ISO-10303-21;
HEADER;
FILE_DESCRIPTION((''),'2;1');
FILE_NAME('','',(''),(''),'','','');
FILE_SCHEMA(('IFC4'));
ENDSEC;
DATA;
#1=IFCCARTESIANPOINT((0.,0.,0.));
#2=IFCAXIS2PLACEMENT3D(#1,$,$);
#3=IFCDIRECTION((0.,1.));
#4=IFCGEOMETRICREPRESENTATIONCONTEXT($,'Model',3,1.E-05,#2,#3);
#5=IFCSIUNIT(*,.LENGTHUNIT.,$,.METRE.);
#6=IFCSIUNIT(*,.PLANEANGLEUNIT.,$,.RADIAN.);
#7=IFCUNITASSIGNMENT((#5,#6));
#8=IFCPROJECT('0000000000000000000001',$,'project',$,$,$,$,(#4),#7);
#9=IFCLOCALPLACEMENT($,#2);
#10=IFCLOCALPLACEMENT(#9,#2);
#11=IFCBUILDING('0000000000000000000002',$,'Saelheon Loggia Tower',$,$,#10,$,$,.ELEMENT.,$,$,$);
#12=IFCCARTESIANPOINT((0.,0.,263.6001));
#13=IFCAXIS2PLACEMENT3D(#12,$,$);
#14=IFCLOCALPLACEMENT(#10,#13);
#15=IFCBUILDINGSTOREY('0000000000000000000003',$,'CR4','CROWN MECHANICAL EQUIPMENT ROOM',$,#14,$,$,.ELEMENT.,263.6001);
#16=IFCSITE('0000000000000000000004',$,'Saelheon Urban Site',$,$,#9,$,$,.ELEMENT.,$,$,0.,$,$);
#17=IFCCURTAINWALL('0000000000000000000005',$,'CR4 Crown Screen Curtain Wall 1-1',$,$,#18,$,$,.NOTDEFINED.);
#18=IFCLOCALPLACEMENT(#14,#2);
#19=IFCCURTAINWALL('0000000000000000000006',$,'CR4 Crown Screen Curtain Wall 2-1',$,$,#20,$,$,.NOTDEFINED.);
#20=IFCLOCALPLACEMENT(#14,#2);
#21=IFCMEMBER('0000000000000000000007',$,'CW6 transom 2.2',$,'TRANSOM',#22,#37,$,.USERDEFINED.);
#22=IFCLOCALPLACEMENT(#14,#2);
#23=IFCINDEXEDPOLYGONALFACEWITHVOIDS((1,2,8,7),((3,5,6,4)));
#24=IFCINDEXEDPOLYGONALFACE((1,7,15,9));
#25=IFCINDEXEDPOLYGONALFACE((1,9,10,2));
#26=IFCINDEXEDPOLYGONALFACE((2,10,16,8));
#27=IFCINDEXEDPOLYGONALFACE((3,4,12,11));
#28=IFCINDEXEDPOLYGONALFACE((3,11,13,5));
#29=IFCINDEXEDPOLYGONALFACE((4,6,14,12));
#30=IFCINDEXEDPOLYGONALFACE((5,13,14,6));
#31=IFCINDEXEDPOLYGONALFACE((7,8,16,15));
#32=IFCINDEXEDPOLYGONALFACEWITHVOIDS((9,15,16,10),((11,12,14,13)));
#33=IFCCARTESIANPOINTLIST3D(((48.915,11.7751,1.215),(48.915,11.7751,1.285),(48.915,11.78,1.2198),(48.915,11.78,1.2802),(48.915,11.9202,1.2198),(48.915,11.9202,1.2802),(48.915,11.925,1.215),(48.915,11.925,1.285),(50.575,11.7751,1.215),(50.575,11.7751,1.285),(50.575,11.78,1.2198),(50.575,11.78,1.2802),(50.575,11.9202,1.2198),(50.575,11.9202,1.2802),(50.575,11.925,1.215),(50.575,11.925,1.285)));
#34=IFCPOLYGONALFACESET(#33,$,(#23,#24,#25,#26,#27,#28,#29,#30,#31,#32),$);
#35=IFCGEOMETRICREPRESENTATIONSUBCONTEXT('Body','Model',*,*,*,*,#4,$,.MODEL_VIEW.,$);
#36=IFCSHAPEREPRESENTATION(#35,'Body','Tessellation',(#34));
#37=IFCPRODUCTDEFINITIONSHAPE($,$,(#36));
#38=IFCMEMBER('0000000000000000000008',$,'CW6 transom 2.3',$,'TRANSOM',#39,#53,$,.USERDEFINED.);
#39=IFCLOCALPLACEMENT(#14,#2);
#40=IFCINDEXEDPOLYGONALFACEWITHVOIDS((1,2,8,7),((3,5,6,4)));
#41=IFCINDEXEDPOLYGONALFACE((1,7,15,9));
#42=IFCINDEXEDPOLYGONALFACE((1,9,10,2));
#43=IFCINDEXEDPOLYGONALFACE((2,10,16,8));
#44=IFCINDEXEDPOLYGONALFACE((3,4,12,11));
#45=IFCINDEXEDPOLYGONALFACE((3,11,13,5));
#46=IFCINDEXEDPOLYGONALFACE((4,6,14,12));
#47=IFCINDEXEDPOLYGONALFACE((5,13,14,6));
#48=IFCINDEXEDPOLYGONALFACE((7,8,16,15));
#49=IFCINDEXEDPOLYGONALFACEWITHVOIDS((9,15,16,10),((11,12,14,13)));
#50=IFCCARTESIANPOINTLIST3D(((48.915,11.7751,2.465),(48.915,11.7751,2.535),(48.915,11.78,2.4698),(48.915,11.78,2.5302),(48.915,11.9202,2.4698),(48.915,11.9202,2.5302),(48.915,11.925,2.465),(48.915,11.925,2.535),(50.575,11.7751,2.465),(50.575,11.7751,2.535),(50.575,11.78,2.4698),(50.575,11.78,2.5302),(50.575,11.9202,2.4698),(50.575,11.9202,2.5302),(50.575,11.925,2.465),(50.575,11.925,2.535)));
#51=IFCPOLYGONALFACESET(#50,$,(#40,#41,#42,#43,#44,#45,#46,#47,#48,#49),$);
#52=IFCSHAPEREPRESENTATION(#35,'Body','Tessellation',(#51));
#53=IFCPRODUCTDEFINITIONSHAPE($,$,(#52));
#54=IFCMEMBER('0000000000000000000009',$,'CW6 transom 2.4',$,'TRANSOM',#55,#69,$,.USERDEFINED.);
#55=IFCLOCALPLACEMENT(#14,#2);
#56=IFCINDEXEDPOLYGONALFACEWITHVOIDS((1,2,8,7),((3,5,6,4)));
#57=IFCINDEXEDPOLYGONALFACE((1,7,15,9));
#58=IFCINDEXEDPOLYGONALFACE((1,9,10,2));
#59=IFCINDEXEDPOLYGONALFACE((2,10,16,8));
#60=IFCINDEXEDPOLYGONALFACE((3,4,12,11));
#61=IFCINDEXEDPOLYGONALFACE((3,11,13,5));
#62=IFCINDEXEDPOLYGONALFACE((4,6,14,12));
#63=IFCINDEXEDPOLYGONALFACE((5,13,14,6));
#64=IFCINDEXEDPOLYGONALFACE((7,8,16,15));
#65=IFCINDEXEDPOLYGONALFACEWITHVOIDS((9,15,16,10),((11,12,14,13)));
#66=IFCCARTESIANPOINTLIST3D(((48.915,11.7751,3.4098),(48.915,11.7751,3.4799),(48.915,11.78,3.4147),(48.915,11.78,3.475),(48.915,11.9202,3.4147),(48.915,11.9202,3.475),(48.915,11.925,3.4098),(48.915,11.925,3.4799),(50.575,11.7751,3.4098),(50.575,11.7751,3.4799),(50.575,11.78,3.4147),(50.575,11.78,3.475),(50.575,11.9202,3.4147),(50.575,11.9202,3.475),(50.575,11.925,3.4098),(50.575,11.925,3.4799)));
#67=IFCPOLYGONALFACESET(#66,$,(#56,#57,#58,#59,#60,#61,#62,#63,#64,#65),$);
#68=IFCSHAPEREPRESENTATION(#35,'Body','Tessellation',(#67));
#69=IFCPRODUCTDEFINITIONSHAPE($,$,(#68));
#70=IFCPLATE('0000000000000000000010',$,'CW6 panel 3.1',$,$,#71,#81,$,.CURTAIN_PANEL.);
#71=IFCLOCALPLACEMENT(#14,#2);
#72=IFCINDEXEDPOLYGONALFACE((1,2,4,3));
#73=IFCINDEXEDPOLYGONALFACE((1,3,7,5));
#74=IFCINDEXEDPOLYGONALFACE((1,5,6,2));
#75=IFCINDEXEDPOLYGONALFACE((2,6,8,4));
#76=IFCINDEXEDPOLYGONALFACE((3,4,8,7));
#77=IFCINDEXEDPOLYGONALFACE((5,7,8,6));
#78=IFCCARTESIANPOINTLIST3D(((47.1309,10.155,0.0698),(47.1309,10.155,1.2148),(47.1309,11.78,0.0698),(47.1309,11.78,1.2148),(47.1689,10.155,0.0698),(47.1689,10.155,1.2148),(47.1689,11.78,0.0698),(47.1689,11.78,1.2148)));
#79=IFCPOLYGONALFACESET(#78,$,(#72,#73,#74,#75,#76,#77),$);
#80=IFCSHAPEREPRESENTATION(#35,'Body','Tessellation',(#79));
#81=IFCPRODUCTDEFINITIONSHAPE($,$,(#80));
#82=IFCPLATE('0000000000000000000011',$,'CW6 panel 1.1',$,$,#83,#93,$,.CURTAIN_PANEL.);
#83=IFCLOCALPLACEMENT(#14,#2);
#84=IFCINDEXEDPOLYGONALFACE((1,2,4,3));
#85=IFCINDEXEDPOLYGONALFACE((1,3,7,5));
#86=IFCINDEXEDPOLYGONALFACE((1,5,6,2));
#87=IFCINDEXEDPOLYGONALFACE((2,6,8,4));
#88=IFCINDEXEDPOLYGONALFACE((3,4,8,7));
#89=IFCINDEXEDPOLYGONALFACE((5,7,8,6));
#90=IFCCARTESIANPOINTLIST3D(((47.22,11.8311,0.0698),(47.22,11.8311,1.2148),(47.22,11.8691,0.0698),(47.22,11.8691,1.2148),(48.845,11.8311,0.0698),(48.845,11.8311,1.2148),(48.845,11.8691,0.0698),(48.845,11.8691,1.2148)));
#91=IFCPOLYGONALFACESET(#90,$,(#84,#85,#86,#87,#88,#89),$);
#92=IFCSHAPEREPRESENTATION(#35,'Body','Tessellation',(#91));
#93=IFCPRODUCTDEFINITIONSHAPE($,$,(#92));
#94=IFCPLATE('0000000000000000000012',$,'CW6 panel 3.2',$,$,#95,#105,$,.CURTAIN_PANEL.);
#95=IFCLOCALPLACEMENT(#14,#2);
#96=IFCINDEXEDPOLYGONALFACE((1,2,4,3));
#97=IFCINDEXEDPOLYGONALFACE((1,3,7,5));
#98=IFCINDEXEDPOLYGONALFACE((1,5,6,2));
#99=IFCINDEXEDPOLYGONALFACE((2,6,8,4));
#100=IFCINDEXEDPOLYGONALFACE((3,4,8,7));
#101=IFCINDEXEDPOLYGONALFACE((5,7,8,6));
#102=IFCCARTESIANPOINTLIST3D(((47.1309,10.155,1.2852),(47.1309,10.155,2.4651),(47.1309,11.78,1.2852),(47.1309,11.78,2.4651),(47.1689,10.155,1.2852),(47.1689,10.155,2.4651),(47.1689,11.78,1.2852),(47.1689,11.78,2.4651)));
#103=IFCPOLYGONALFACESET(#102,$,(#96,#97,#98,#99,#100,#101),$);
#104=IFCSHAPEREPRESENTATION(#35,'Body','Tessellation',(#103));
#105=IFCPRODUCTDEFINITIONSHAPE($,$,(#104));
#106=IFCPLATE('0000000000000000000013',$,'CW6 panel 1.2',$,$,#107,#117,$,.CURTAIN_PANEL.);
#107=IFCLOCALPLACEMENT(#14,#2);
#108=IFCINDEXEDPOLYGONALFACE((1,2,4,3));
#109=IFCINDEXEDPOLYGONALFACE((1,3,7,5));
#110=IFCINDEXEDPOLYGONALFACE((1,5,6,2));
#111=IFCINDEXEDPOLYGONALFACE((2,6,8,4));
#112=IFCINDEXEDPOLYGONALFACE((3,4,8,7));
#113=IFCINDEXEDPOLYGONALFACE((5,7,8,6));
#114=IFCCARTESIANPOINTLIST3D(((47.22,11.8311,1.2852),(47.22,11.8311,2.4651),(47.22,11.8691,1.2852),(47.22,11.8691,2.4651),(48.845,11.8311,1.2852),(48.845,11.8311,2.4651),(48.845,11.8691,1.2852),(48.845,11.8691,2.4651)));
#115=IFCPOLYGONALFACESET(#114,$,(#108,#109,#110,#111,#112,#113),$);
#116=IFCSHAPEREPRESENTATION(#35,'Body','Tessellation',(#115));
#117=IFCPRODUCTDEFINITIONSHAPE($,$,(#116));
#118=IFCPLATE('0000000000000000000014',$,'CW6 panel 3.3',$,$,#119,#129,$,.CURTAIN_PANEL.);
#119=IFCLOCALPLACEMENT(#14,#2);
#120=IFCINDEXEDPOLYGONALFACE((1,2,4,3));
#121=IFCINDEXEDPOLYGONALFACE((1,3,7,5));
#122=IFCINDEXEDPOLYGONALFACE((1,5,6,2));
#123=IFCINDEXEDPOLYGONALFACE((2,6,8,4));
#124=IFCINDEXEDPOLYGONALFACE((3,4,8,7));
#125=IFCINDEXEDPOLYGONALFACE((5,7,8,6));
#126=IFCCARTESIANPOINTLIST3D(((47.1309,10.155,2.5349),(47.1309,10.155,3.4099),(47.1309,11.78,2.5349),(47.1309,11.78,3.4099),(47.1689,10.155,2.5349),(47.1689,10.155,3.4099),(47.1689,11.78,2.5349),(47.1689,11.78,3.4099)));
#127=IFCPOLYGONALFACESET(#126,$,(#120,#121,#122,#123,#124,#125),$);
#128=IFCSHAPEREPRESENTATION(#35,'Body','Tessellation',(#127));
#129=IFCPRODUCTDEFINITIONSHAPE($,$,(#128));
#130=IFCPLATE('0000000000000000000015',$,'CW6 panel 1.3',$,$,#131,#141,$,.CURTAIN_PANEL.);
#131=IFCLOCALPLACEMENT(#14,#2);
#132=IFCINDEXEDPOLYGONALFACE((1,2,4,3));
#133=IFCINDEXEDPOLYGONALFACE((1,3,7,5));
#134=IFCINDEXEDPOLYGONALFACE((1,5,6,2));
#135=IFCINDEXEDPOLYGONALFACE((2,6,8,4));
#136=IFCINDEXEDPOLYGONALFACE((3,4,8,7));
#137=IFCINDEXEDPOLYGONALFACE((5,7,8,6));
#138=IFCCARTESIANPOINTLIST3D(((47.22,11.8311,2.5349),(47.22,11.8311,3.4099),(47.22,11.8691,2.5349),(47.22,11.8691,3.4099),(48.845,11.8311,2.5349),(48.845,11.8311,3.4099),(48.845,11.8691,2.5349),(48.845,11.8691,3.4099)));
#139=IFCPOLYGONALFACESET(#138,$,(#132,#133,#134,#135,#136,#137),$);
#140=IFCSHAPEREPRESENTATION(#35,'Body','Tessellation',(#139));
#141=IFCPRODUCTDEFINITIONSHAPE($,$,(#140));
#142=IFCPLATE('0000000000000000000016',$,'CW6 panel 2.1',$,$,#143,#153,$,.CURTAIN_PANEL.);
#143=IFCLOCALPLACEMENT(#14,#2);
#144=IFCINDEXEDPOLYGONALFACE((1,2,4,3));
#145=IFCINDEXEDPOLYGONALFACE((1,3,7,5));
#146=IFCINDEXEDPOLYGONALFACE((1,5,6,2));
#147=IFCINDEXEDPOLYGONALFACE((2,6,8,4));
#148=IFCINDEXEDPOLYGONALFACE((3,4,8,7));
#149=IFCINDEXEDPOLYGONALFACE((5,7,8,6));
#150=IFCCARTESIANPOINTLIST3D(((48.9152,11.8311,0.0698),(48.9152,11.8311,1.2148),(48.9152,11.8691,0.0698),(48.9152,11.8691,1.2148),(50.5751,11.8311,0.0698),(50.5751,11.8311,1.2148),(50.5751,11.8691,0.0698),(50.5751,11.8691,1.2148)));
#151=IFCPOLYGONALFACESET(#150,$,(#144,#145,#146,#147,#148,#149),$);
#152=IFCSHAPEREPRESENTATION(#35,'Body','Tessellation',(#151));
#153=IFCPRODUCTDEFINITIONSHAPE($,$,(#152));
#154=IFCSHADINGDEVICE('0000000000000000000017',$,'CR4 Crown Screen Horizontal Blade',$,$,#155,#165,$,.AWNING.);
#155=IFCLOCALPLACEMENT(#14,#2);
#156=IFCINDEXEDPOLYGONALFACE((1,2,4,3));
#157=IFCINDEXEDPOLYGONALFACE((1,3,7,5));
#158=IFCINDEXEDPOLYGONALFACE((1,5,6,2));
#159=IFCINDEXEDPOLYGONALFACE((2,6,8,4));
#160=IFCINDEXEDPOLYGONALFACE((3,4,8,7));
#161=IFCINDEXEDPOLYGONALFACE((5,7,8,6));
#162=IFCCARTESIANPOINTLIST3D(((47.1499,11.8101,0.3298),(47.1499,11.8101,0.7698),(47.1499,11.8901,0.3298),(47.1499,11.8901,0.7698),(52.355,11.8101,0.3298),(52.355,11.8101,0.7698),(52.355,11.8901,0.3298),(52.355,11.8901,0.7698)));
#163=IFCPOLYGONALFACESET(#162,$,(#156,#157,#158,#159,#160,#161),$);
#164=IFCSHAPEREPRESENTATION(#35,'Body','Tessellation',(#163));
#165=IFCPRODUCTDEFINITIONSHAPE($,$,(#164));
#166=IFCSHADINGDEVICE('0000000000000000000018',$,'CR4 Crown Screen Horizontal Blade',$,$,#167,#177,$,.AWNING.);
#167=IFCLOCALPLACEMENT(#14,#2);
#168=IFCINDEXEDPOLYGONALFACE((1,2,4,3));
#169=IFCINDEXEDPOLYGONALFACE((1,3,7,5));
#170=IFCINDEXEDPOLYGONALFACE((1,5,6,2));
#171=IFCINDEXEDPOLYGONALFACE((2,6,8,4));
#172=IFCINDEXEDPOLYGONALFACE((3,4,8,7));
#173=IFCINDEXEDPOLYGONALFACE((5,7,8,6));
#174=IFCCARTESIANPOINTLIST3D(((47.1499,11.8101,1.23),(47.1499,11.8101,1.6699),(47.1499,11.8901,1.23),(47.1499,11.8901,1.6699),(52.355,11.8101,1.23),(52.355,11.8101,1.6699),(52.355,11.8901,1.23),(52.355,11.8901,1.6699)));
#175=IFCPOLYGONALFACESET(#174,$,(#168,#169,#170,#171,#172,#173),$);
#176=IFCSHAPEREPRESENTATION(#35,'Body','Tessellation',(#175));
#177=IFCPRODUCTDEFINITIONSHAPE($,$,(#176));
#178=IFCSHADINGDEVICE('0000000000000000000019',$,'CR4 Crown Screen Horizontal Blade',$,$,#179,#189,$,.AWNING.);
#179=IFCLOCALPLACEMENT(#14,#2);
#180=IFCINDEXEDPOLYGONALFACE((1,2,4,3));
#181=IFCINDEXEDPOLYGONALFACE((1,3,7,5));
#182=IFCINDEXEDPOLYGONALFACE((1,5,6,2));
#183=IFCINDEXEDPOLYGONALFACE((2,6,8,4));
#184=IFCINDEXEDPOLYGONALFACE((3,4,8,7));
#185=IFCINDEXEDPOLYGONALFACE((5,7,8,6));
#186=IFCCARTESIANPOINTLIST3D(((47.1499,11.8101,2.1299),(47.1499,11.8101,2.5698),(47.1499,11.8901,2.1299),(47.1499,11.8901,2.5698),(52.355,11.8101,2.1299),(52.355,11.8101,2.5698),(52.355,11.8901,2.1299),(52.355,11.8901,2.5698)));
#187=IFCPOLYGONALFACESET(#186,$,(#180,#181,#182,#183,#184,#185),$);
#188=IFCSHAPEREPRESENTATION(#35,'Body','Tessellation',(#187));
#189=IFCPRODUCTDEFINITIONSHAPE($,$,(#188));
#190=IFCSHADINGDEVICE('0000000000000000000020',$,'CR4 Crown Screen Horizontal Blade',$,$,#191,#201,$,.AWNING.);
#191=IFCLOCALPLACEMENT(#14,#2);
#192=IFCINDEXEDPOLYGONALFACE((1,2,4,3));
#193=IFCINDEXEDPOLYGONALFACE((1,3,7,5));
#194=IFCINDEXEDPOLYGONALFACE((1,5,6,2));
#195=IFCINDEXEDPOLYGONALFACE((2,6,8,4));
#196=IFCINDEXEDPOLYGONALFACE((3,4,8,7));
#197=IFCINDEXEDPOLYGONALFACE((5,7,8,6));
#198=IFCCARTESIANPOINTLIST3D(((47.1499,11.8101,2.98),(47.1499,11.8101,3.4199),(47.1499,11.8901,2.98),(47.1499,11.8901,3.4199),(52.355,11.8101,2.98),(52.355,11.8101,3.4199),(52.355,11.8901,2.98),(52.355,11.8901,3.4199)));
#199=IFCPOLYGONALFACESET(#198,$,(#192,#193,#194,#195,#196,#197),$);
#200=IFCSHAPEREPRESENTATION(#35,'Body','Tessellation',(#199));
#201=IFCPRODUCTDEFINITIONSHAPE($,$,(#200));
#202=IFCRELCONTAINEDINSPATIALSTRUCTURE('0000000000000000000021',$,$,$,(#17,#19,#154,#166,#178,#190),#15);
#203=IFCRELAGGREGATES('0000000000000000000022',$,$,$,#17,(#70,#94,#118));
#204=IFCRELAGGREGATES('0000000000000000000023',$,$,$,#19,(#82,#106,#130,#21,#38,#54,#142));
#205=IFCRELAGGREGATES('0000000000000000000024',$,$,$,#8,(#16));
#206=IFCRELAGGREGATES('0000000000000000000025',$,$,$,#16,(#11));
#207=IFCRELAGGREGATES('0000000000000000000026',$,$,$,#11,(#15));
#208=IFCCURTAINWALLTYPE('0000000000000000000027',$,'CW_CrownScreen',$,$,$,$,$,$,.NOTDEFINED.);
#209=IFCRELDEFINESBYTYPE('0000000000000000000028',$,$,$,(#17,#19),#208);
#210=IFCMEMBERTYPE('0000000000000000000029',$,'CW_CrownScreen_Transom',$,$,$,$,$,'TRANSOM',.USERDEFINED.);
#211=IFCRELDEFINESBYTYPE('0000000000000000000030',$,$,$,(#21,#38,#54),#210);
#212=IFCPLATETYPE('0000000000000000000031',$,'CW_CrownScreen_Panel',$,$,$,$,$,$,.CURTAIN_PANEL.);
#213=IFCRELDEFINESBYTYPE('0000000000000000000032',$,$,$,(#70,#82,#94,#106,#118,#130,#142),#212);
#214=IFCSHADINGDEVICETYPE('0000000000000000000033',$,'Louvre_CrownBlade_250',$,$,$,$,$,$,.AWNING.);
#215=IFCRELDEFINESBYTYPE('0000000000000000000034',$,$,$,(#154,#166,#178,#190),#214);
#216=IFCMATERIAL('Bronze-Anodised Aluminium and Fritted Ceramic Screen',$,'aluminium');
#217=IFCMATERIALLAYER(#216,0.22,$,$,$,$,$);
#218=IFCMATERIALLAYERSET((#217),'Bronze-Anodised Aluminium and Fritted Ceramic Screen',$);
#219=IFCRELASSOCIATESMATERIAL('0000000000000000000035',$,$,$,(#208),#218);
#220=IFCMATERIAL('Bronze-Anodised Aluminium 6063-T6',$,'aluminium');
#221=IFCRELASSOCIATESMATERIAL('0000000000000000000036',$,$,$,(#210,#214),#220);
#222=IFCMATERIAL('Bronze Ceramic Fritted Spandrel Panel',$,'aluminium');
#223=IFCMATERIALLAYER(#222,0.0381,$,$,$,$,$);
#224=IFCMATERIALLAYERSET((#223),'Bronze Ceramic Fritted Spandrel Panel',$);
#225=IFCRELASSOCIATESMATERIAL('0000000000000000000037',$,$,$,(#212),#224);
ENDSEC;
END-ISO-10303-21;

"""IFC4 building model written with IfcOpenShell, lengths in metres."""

from ifc_helpers import new_model, si_unit, direction, frame, origin, origin_2d, place, context, subcontext, project, spatial, rectangle, hollow_rectangle, extrude, source, transform, mapped, material, layer, layer_set, material_profile, profile_set, type_object, element, aggregate, save


model = new_model("IFC4")

# Units and contexts
model_context = context("Model", 3, precision=1e-05, world=origin(), true_north=direction((0.0, 1.0)))
body_context = subcontext(model_context, "Body", "Model", "MODEL_VIEW")
ifc_project = project(units=[si_unit("LENGTHUNIT", "METRE"), si_unit("PLANEANGLEUNIT", "RADIAN")], contexts=[model_context])

# Site, building, storey
site_placement = place(None, origin())
site = spatial("IfcSite", under=ifc_project, at=site_placement, Name="Saelheon Urban Site", CompositionType="ELEMENT", RefElevation=0.0)
building_placement = place(site_placement, origin())
building = spatial("IfcBuilding", under=site, at=building_placement, Name="Saelheon Loggia Tower", CompositionType="ELEMENT")
storey_placement = place(building_placement, frame((0.0, 0.0, 263.6001)))
storey = spatial("IfcBuildingStorey", under=building, at=storey_placement, Name="CR4", Description="CROWN MECHANICAL EQUIPMENT ROOM", CompositionType="ELEMENT", Elevation=263.6001)

# Curtain wall
ifc_material_1 = material(Name="Bronze-Anodised Aluminium and Fritted Ceramic Screen", Category="aluminium")
ifc_layer_1 = layer(ifc_material_1, 0.22)
ifc_layer_set_1 = layer_set([ifc_layer_1], Name="Bronze-Anodised Aluminium and Fritted Ceramic Screen")
curtain_wall_type = type_object("IfcCurtainWallType", Name="CW_CrownScreen", PredefinedType="NOTDEFINED", material=ifc_layer_set_1)
curtain_wall_1_placement = place(storey_placement, origin())
curtain_wall_1 = element("IfcCurtainWall", 1, at=curtain_wall_1_placement, inside=storey, type_object=curtain_wall_type, Name="CR4 Crown Screen Curtain Wall 1-1", PredefinedType="NOTDEFINED")
ifc_material_2 = material(Name="Bronze-Anodised Aluminium 6063-T6", Category="aluminium")

# Curtain wall
curtain_wall_2_placement = place(storey_placement, origin())
curtain_wall_2 = element("IfcCurtainWall", 2, at=curtain_wall_2_placement, inside=storey, type_object=curtain_wall_type, Name="CR4 Crown Screen Curtain Wall 2-1", PredefinedType="NOTDEFINED")

# Members
ifc_material_profile_1 = material_profile(ifc_material_2, hollow_rectangle(XDim=0.0701, YDim=0.1499, WallThickness=0.0049, at=origin_2d()), Name="RHS-150x70x5")
ifc_profile_set_1 = profile_set([ifc_material_profile_1], Name="Bronze-Anodised Aluminium 6063-T6")
member_type_1 = type_object("IfcMemberType", Name="CW_CrownScreen_Transom", ElementType="TRANSOM", PredefinedType="USERDEFINED", material=ifc_profile_set_1)
shared_shape_1 = source(origin(), body_context, "Body", "SweptSolid", [
    extrude(hollow_rectangle(XDim=0.0701, YDim=0.1499, WallThickness=0.0049, at=origin_2d()), origin(), (0.0, 0.0, 1.0), 1.6599),
])
member_1_placement = place(storey_placement, frame((48.915, 11.8501, 1.25), z_axis=(1.0, 0.0, 0.0), x_axis=(0.0, 0.0, 1.0)))
member_1 = element("IfcMember", 3, at=member_1_placement, type_object=member_type_1, Name="CW6 transom 2.2", ObjectType="TRANSOM", PredefinedType="USERDEFINED", context=body_context, shape_type="MappedRepresentation", body=[
    mapped(shared_shape_1, transform((0.0, 0.0, 0.0), scale=1.0)),
])
member_2_placement = place(storey_placement, frame((48.915, 11.8501, 2.5), z_axis=(1.0, 0.0, 0.0), x_axis=(0.0, 0.0, 1.0)))
member_2 = element("IfcMember", 4, at=member_2_placement, type_object=member_type_1, Name="CW6 transom 2.3", ObjectType="TRANSOM", PredefinedType="USERDEFINED", context=body_context, shape_type="MappedRepresentation", body=[
    mapped(shared_shape_1, transform((0.0, 0.0, 0.0), scale=1.0)),
])
member_3_placement = place(storey_placement, frame((48.915, 11.8501, 3.4448), z_axis=(1.0, 0.0, 0.0), x_axis=(0.0, 0.0, 1.0)))
member_3 = element("IfcMember", 5, at=member_3_placement, type_object=member_type_1, Name="CW6 transom 2.4", ObjectType="TRANSOM", PredefinedType="USERDEFINED", context=body_context, shape_type="MappedRepresentation", body=[
    mapped(shared_shape_1, transform((0.0, 0.0, 0.0), scale=1.0)),
])

# Plates
ifc_material_3 = material(Name="Bronze Ceramic Fritted Spandrel Panel", Category="aluminium")
ifc_layer_2 = layer(ifc_material_3, 0.0381)
ifc_layer_set_2 = layer_set([ifc_layer_2], Name="Bronze Ceramic Fritted Spandrel Panel")
plate_type = type_object("IfcPlateType", Name="CW_CrownScreen_Panel", PredefinedType="CURTAIN_PANEL", material=ifc_layer_set_2)
shared_shape_2 = source(origin(), body_context, "Body", "SweptSolid", [
    extrude(rectangle(XDim=1.625, YDim=0.0381, at=origin_2d()), origin(), (0.0, 0.0, 1.0), 1.145),
])
plate_1_placement = place(storey_placement, frame((47.1499, 10.9675, 0.0698), z_axis=(0.0, 0.0, 1.0), x_axis=(0.0, 1.0, 0.0)))
plate_1 = element("IfcPlate", 6, at=plate_1_placement, type_object=plate_type, Name="CW6 panel 3.1", PredefinedType="CURTAIN_PANEL", context=body_context, shape_type="MappedRepresentation", body=[
    mapped(shared_shape_2, transform((0.0, 0.0, 0.0), scale=1.0)),
])
plate_2_placement = place(storey_placement, frame((48.0325, 11.8501, 0.0698), z_axis=(0.0, 0.0, 1.0), x_axis=(1.0, 0.0, 0.0)))
plate_2 = element("IfcPlate", 7, at=plate_2_placement, type_object=plate_type, Name="CW6 panel 1.1", PredefinedType="CURTAIN_PANEL", context=body_context, shape_type="MappedRepresentation", body=[
    mapped(shared_shape_2, transform((0.0, 0.0, 0.0), scale=1.0)),
])
shared_shape_3 = source(origin(), body_context, "Body", "SweptSolid", [
    extrude(rectangle(XDim=1.625, YDim=0.0381, at=origin_2d()), origin(), (0.0, 0.0, 1.0), 1.1799),
])
plate_3_placement = place(storey_placement, frame((47.1499, 10.9675, 1.2852), z_axis=(0.0, 0.0, 1.0), x_axis=(0.0, 1.0, 0.0)))
plate_3 = element("IfcPlate", 8, at=plate_3_placement, type_object=plate_type, Name="CW6 panel 3.2", PredefinedType="CURTAIN_PANEL", context=body_context, shape_type="MappedRepresentation", body=[
    mapped(shared_shape_3, transform((0.0, 0.0, 0.0), scale=1.0)),
])
plate_4_placement = place(storey_placement, frame((48.0325, 11.8501, 1.2852), z_axis=(0.0, 0.0, 1.0), x_axis=(1.0, 0.0, 0.0)))
plate_4 = element("IfcPlate", 9, at=plate_4_placement, type_object=plate_type, Name="CW6 panel 1.2", PredefinedType="CURTAIN_PANEL", context=body_context, shape_type="MappedRepresentation", body=[
    mapped(shared_shape_3, transform((0.0, 0.0, 0.0), scale=1.0)),
])
shared_shape_4 = source(origin(), body_context, "Body", "SweptSolid", [
    extrude(rectangle(XDim=1.625, YDim=0.0381, at=origin_2d()), origin(), (0.0, 0.0, 1.0), 0.875),
])
plate_5_placement = place(storey_placement, frame((47.1499, 10.9675, 2.5349), z_axis=(0.0, 0.0, 1.0), x_axis=(0.0, 1.0, 0.0)))
plate_5 = element("IfcPlate", 10, at=plate_5_placement, type_object=plate_type, Name="CW6 panel 3.3", PredefinedType="CURTAIN_PANEL", context=body_context, shape_type="MappedRepresentation", body=[
    mapped(shared_shape_4, transform((0.0, 0.0, 0.0), scale=1.0)),
])
aggregate(curtain_wall_1, [plate_1, plate_3, plate_5])
plate_6_placement = place(storey_placement, frame((48.0325, 11.8501, 2.5349), z_axis=(0.0, 0.0, 1.0), x_axis=(1.0, 0.0, 0.0)))
plate_6 = element("IfcPlate", 11, at=plate_6_placement, type_object=plate_type, Name="CW6 panel 1.3", PredefinedType="CURTAIN_PANEL", context=body_context, shape_type="MappedRepresentation", body=[
    mapped(shared_shape_4, transform((0.0, 0.0, 0.0), scale=1.0)),
])
shared_shape_5 = source(origin(), body_context, "Body", "SweptSolid", [
    extrude(rectangle(XDim=1.6599, YDim=0.0381, at=origin_2d()), origin(), (0.0, 0.0, 1.0), 1.145),
])
plate_7_placement = place(storey_placement, frame((49.7451, 11.8501, 0.0698), z_axis=(0.0, 0.0, 1.0), x_axis=(1.0, 0.0, 0.0)))
plate_7 = element("IfcPlate", 12, at=plate_7_placement, type_object=plate_type, Name="CW6 panel 2.1", PredefinedType="CURTAIN_PANEL", context=body_context, shape_type="MappedRepresentation", body=[
    mapped(shared_shape_5, transform((0.0, 0.0, 0.0), scale=1.0)),
])
aggregate(curtain_wall_2, [plate_2, plate_4, plate_6, member_1, member_2, member_3, plate_7])

# Shading devices
ifc_material_profile_2 = material_profile(ifc_material_2, rectangle(XDim=0.0801, YDim=0.4399, at=origin_2d()), Name="Louvre_CrownBlade_250")
ifc_profile_set_2 = profile_set([ifc_material_profile_2], Name="Bronze-Anodised Aluminium 6063-T6")
shading_device_type = type_object("IfcShadingDeviceType", Name="Louvre_CrownBlade_250", PredefinedType="AWNING", material=ifc_profile_set_2)
shared_shape_6 = source(origin(), body_context, "Body", "SweptSolid", [
    extrude(rectangle(XDim=0.0801, YDim=0.4399, at=origin_2d()), origin(), (0.0, 0.0, 1.0), 5.2051),
])
for number, where, z_axis, x_axis, name in (
    (13, (47.1499, 11.8501, 0.5498), (1.0, 0.0, 0.0), (0.0, 1.0, 0.0), "CR4 Crown Screen Horizontal Blade"),
    (14, (47.1499, 11.8501, 1.45), (1.0, 0.0, 0.0), (0.0, 1.0, 0.0), "CR4 Crown Screen Horizontal Blade"),
    (15, (47.1499, 11.8501, 2.3499), (1.0, 0.0, 0.0), (0.0, 1.0, 0.0), "CR4 Crown Screen Horizontal Blade"),
    (16, (47.1499, 11.8501, 3.2), (1.0, 0.0, 0.0), (0.0, 1.0, 0.0), "CR4 Crown Screen Horizontal Blade"),
):
    element("IfcShadingDevice", number, at=place(storey_placement, frame(where, z_axis=z_axis, x_axis=x_axis)), inside=storey, type_object=shading_device_type, Name=name, PredefinedType="AWNING", context=body_context, shape_type="MappedRepresentation", body=[
        mapped(shared_shape_6, transform((0.0, 0.0, 0.0), scale=1.0)),
    ])

save(model, "model.ifc")
